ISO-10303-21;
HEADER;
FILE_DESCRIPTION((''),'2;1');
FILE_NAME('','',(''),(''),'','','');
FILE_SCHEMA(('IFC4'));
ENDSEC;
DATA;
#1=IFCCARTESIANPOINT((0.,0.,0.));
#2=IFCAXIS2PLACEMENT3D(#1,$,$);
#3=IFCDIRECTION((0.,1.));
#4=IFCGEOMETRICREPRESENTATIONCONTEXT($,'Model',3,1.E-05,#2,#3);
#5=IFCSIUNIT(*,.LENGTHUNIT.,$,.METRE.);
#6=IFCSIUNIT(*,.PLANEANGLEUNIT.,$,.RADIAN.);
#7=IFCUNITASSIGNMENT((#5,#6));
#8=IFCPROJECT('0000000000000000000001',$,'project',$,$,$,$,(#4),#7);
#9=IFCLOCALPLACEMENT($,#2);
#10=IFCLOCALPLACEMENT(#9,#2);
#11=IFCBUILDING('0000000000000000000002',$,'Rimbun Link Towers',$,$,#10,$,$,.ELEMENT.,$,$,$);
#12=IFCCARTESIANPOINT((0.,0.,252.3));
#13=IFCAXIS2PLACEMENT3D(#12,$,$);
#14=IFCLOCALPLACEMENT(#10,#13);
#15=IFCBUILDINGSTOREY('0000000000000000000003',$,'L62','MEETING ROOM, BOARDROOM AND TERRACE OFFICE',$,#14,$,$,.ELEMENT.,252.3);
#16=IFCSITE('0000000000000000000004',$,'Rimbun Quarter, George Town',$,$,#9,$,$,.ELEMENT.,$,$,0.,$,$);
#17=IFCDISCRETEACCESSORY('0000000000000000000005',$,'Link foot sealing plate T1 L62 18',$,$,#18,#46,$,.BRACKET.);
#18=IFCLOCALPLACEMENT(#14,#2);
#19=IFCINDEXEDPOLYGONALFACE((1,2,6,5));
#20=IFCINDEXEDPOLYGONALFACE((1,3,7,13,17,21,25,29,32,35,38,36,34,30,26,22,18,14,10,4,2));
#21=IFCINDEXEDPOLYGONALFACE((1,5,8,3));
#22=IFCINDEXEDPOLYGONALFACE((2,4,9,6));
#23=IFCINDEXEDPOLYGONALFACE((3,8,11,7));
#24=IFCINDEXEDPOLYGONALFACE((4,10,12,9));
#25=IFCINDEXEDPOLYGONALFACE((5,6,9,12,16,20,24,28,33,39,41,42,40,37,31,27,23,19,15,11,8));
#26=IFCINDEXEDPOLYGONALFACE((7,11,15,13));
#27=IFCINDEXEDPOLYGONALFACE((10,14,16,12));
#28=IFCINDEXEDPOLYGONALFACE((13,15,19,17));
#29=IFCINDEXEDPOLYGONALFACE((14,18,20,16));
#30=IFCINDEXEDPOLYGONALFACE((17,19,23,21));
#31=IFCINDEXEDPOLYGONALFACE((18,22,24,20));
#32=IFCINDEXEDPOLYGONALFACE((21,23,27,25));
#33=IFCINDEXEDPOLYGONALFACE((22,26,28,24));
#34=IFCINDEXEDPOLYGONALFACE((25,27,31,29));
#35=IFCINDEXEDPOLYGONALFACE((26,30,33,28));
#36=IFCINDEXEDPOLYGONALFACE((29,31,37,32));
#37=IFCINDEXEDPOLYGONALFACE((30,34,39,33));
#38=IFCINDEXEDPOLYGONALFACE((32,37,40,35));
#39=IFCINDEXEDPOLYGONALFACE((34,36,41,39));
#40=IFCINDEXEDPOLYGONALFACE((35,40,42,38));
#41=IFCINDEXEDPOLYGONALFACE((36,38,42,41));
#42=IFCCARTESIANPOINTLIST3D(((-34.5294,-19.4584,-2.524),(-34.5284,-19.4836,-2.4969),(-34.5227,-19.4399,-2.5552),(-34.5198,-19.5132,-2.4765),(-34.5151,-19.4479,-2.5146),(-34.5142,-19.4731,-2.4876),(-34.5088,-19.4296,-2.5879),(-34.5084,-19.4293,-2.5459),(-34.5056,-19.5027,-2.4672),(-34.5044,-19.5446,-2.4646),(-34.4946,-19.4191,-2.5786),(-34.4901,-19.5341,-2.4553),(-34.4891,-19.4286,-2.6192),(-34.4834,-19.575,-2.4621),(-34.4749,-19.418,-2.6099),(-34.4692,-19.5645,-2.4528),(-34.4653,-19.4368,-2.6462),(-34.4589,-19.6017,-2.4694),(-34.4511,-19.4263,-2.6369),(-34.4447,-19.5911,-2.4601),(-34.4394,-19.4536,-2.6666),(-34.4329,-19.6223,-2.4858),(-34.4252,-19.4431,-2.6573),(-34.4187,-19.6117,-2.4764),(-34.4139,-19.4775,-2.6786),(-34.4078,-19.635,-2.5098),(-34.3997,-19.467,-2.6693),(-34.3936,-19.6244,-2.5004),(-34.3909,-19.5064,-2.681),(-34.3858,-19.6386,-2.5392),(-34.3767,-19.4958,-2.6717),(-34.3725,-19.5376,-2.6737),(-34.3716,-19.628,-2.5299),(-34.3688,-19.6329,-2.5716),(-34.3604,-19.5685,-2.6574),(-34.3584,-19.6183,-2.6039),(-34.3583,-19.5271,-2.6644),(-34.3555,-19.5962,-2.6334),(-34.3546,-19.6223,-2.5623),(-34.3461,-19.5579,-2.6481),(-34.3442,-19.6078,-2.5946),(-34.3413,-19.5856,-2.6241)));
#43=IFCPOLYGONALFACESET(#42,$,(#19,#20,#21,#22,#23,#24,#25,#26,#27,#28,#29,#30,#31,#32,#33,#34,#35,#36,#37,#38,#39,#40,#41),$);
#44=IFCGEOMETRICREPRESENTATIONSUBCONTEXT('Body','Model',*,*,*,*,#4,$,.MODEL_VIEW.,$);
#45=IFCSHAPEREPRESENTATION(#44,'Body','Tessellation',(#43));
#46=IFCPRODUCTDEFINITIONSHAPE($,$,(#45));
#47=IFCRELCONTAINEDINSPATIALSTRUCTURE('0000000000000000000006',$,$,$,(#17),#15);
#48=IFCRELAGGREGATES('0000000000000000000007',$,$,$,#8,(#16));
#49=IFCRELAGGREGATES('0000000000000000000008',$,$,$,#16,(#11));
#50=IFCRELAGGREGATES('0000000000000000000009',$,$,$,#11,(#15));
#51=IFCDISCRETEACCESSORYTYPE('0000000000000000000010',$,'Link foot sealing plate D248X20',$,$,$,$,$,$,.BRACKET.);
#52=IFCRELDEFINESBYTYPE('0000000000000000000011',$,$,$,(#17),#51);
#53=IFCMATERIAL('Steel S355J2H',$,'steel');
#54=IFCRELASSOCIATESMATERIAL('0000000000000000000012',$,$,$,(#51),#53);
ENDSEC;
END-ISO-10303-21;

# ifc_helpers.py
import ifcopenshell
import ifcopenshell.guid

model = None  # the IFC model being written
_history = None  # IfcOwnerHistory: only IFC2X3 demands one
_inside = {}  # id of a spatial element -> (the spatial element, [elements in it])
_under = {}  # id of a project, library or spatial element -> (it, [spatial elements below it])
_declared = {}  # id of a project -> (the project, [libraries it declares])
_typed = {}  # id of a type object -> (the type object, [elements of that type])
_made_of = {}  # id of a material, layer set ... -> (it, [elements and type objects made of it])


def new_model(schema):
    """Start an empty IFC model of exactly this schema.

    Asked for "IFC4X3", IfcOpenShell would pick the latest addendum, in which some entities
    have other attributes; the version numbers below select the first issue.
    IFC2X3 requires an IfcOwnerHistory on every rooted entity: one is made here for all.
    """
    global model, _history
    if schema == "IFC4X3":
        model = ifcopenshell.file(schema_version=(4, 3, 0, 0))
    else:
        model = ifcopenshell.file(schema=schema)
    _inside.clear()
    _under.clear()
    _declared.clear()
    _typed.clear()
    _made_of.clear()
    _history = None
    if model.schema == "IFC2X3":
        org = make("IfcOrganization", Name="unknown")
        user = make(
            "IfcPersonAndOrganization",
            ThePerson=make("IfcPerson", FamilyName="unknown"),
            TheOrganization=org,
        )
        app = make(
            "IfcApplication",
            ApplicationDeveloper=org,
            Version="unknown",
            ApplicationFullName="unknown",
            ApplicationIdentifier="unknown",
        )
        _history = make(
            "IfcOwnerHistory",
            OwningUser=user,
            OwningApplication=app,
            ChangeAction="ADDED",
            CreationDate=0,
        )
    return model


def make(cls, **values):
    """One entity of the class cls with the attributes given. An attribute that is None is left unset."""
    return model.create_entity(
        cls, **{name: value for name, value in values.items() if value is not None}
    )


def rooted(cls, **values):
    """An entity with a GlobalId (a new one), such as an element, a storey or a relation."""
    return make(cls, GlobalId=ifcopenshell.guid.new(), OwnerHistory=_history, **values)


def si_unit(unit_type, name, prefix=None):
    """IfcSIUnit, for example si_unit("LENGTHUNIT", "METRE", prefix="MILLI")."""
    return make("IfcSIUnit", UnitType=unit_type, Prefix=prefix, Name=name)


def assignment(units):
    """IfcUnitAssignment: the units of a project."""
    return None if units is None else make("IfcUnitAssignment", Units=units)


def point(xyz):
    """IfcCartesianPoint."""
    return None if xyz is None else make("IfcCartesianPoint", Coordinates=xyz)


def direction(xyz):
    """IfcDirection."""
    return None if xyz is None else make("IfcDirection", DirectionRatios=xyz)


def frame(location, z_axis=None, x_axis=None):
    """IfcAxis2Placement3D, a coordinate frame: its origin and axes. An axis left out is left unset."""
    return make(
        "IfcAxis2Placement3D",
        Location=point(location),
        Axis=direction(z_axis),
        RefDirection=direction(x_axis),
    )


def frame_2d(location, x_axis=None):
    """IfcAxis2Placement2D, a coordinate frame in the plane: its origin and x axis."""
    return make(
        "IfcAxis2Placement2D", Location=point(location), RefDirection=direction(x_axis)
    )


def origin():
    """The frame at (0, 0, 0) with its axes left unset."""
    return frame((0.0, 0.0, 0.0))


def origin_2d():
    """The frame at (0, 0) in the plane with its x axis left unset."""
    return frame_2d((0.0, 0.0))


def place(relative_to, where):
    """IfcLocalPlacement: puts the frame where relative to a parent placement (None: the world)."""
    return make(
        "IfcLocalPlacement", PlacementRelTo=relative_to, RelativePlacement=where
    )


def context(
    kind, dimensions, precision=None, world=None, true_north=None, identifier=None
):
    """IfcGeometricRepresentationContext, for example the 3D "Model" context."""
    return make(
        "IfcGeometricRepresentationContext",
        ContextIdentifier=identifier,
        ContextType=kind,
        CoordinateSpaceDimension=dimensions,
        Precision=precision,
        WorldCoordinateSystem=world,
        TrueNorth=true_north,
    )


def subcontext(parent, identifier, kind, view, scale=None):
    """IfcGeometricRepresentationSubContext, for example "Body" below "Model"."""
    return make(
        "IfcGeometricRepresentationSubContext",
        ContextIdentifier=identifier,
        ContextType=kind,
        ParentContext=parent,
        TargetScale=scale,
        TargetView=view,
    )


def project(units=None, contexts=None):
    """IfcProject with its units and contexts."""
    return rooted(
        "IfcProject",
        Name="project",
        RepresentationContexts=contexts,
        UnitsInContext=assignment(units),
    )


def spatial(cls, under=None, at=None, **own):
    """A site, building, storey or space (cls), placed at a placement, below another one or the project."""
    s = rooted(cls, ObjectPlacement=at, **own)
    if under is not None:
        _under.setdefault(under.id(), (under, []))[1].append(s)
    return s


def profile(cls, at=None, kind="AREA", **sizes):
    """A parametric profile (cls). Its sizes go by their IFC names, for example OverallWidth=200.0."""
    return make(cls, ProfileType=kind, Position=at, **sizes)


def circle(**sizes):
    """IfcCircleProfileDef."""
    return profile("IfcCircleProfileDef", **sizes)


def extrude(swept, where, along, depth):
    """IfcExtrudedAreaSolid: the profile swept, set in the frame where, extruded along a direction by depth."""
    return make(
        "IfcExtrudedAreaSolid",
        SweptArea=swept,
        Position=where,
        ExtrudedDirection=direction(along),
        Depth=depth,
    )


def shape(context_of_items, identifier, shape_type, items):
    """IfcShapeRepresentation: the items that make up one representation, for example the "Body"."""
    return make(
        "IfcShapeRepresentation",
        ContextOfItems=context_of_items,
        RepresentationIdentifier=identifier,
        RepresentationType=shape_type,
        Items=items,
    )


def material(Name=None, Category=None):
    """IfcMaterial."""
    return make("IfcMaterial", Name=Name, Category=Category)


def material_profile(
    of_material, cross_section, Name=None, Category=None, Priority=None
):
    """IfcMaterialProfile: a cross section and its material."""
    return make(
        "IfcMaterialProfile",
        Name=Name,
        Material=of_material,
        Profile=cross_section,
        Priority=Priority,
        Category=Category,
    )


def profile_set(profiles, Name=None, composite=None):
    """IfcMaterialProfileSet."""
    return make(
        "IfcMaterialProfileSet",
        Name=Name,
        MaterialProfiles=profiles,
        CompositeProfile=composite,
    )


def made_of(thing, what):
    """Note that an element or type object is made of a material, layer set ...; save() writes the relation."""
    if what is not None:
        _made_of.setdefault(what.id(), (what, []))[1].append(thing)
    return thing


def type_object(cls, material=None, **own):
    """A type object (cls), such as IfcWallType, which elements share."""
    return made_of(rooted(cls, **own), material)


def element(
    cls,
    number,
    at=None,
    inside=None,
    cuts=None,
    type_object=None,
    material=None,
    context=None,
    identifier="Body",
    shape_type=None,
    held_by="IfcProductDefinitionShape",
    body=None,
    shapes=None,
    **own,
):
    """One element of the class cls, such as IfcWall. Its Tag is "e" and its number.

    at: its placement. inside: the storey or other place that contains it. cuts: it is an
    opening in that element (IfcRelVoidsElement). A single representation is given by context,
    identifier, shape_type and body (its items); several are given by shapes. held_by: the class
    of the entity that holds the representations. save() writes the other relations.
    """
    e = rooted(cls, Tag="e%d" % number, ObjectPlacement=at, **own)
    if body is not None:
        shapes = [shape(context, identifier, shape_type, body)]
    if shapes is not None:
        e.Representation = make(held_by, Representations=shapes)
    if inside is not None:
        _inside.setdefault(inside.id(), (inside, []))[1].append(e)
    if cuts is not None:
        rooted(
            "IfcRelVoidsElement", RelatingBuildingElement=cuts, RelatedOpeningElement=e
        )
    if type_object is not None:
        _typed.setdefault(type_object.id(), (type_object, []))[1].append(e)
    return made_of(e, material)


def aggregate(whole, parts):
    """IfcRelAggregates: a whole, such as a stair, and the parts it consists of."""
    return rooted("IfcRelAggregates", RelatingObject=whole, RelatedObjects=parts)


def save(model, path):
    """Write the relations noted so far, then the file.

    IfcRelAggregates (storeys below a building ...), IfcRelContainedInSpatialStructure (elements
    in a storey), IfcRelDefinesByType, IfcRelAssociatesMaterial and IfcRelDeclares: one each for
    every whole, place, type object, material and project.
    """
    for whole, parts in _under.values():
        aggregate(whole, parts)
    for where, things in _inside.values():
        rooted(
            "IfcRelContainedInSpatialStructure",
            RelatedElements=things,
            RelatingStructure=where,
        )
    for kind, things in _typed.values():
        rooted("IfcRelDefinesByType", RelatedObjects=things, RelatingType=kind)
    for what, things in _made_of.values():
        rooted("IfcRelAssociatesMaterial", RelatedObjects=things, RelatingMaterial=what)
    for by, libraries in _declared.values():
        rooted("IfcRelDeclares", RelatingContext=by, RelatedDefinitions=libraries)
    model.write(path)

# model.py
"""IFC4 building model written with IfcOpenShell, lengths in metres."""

from ifc_helpers import new_model, si_unit, direction, frame, origin, origin_2d, place, context, subcontext, project, spatial, circle, extrude, material, material_profile, profile_set, type_object, element, save


model = new_model("IFC4")

# Units and contexts
model_context = context("Model", 3, precision=1e-05, world=origin(), true_north=direction((0.0, 1.0)))
body_context = subcontext(model_context, "Body", "Model", "MODEL_VIEW")
ifc_project = project(units=[si_unit("LENGTHUNIT", "METRE"), si_unit("PLANEANGLEUNIT", "RADIAN")], contexts=[model_context])

# Site, building, storey
site_placement = place(None, origin())
site = spatial("IfcSite", under=ifc_project, at=site_placement, Name="Rimbun Quarter, George Town", CompositionType="ELEMENT", RefElevation=0.0)
building_placement = place(site_placement, origin())
building = spatial("IfcBuilding", under=site, at=building_placement, Name="Rimbun Link Towers", CompositionType="ELEMENT")
storey_placement = place(building_placement, frame((0.0, 0.0, 252.3)))
storey = spatial("IfcBuildingStorey", under=building, at=storey_placement, Name="L62", Description="MEETING ROOM, BOARDROOM AND TERRACE OFFICE", CompositionType="ELEMENT", Elevation=252.3)

# Discrete accessory
ifc_material_1 = material(Name="Steel S355J2H", Category="steel")
ifc_material_profile_1 = material_profile(ifc_material_1, circle(Radius=0.124, at=origin_2d()), Name="PL D248")
ifc_profile_set_1 = profile_set([ifc_material_profile_1], Name="Steel S355J2H")
discrete_accessory_type = type_object("IfcDiscreteAccessoryType", Name="Link foot sealing plate D248X20", PredefinedType="BRACKET", material=ifc_profile_set_1)
for number, where, z_axis, x_axis, name in (
    (1, (-34.4285, -19.5227, -2.5623), (-0.710868, -0.527023, -0.465741), (0.595559, -0.803312, 0.0), "Link foot sealing plate T1 L62 18"),
):
    element("IfcDiscreteAccessory", number, at=place(storey_placement, frame(where, z_axis=z_axis, x_axis=x_axis)), inside=storey, type_object=discrete_accessory_type, Name=name, PredefinedType="BRACKET", context=body_context, shape_type="SweptSolid", body=[
        extrude(circle(Radius=0.124, at=origin_2d()), origin(), (0.0, 0.0, 1.0), 0.02),
    ])

save(model, "model.ifc")
